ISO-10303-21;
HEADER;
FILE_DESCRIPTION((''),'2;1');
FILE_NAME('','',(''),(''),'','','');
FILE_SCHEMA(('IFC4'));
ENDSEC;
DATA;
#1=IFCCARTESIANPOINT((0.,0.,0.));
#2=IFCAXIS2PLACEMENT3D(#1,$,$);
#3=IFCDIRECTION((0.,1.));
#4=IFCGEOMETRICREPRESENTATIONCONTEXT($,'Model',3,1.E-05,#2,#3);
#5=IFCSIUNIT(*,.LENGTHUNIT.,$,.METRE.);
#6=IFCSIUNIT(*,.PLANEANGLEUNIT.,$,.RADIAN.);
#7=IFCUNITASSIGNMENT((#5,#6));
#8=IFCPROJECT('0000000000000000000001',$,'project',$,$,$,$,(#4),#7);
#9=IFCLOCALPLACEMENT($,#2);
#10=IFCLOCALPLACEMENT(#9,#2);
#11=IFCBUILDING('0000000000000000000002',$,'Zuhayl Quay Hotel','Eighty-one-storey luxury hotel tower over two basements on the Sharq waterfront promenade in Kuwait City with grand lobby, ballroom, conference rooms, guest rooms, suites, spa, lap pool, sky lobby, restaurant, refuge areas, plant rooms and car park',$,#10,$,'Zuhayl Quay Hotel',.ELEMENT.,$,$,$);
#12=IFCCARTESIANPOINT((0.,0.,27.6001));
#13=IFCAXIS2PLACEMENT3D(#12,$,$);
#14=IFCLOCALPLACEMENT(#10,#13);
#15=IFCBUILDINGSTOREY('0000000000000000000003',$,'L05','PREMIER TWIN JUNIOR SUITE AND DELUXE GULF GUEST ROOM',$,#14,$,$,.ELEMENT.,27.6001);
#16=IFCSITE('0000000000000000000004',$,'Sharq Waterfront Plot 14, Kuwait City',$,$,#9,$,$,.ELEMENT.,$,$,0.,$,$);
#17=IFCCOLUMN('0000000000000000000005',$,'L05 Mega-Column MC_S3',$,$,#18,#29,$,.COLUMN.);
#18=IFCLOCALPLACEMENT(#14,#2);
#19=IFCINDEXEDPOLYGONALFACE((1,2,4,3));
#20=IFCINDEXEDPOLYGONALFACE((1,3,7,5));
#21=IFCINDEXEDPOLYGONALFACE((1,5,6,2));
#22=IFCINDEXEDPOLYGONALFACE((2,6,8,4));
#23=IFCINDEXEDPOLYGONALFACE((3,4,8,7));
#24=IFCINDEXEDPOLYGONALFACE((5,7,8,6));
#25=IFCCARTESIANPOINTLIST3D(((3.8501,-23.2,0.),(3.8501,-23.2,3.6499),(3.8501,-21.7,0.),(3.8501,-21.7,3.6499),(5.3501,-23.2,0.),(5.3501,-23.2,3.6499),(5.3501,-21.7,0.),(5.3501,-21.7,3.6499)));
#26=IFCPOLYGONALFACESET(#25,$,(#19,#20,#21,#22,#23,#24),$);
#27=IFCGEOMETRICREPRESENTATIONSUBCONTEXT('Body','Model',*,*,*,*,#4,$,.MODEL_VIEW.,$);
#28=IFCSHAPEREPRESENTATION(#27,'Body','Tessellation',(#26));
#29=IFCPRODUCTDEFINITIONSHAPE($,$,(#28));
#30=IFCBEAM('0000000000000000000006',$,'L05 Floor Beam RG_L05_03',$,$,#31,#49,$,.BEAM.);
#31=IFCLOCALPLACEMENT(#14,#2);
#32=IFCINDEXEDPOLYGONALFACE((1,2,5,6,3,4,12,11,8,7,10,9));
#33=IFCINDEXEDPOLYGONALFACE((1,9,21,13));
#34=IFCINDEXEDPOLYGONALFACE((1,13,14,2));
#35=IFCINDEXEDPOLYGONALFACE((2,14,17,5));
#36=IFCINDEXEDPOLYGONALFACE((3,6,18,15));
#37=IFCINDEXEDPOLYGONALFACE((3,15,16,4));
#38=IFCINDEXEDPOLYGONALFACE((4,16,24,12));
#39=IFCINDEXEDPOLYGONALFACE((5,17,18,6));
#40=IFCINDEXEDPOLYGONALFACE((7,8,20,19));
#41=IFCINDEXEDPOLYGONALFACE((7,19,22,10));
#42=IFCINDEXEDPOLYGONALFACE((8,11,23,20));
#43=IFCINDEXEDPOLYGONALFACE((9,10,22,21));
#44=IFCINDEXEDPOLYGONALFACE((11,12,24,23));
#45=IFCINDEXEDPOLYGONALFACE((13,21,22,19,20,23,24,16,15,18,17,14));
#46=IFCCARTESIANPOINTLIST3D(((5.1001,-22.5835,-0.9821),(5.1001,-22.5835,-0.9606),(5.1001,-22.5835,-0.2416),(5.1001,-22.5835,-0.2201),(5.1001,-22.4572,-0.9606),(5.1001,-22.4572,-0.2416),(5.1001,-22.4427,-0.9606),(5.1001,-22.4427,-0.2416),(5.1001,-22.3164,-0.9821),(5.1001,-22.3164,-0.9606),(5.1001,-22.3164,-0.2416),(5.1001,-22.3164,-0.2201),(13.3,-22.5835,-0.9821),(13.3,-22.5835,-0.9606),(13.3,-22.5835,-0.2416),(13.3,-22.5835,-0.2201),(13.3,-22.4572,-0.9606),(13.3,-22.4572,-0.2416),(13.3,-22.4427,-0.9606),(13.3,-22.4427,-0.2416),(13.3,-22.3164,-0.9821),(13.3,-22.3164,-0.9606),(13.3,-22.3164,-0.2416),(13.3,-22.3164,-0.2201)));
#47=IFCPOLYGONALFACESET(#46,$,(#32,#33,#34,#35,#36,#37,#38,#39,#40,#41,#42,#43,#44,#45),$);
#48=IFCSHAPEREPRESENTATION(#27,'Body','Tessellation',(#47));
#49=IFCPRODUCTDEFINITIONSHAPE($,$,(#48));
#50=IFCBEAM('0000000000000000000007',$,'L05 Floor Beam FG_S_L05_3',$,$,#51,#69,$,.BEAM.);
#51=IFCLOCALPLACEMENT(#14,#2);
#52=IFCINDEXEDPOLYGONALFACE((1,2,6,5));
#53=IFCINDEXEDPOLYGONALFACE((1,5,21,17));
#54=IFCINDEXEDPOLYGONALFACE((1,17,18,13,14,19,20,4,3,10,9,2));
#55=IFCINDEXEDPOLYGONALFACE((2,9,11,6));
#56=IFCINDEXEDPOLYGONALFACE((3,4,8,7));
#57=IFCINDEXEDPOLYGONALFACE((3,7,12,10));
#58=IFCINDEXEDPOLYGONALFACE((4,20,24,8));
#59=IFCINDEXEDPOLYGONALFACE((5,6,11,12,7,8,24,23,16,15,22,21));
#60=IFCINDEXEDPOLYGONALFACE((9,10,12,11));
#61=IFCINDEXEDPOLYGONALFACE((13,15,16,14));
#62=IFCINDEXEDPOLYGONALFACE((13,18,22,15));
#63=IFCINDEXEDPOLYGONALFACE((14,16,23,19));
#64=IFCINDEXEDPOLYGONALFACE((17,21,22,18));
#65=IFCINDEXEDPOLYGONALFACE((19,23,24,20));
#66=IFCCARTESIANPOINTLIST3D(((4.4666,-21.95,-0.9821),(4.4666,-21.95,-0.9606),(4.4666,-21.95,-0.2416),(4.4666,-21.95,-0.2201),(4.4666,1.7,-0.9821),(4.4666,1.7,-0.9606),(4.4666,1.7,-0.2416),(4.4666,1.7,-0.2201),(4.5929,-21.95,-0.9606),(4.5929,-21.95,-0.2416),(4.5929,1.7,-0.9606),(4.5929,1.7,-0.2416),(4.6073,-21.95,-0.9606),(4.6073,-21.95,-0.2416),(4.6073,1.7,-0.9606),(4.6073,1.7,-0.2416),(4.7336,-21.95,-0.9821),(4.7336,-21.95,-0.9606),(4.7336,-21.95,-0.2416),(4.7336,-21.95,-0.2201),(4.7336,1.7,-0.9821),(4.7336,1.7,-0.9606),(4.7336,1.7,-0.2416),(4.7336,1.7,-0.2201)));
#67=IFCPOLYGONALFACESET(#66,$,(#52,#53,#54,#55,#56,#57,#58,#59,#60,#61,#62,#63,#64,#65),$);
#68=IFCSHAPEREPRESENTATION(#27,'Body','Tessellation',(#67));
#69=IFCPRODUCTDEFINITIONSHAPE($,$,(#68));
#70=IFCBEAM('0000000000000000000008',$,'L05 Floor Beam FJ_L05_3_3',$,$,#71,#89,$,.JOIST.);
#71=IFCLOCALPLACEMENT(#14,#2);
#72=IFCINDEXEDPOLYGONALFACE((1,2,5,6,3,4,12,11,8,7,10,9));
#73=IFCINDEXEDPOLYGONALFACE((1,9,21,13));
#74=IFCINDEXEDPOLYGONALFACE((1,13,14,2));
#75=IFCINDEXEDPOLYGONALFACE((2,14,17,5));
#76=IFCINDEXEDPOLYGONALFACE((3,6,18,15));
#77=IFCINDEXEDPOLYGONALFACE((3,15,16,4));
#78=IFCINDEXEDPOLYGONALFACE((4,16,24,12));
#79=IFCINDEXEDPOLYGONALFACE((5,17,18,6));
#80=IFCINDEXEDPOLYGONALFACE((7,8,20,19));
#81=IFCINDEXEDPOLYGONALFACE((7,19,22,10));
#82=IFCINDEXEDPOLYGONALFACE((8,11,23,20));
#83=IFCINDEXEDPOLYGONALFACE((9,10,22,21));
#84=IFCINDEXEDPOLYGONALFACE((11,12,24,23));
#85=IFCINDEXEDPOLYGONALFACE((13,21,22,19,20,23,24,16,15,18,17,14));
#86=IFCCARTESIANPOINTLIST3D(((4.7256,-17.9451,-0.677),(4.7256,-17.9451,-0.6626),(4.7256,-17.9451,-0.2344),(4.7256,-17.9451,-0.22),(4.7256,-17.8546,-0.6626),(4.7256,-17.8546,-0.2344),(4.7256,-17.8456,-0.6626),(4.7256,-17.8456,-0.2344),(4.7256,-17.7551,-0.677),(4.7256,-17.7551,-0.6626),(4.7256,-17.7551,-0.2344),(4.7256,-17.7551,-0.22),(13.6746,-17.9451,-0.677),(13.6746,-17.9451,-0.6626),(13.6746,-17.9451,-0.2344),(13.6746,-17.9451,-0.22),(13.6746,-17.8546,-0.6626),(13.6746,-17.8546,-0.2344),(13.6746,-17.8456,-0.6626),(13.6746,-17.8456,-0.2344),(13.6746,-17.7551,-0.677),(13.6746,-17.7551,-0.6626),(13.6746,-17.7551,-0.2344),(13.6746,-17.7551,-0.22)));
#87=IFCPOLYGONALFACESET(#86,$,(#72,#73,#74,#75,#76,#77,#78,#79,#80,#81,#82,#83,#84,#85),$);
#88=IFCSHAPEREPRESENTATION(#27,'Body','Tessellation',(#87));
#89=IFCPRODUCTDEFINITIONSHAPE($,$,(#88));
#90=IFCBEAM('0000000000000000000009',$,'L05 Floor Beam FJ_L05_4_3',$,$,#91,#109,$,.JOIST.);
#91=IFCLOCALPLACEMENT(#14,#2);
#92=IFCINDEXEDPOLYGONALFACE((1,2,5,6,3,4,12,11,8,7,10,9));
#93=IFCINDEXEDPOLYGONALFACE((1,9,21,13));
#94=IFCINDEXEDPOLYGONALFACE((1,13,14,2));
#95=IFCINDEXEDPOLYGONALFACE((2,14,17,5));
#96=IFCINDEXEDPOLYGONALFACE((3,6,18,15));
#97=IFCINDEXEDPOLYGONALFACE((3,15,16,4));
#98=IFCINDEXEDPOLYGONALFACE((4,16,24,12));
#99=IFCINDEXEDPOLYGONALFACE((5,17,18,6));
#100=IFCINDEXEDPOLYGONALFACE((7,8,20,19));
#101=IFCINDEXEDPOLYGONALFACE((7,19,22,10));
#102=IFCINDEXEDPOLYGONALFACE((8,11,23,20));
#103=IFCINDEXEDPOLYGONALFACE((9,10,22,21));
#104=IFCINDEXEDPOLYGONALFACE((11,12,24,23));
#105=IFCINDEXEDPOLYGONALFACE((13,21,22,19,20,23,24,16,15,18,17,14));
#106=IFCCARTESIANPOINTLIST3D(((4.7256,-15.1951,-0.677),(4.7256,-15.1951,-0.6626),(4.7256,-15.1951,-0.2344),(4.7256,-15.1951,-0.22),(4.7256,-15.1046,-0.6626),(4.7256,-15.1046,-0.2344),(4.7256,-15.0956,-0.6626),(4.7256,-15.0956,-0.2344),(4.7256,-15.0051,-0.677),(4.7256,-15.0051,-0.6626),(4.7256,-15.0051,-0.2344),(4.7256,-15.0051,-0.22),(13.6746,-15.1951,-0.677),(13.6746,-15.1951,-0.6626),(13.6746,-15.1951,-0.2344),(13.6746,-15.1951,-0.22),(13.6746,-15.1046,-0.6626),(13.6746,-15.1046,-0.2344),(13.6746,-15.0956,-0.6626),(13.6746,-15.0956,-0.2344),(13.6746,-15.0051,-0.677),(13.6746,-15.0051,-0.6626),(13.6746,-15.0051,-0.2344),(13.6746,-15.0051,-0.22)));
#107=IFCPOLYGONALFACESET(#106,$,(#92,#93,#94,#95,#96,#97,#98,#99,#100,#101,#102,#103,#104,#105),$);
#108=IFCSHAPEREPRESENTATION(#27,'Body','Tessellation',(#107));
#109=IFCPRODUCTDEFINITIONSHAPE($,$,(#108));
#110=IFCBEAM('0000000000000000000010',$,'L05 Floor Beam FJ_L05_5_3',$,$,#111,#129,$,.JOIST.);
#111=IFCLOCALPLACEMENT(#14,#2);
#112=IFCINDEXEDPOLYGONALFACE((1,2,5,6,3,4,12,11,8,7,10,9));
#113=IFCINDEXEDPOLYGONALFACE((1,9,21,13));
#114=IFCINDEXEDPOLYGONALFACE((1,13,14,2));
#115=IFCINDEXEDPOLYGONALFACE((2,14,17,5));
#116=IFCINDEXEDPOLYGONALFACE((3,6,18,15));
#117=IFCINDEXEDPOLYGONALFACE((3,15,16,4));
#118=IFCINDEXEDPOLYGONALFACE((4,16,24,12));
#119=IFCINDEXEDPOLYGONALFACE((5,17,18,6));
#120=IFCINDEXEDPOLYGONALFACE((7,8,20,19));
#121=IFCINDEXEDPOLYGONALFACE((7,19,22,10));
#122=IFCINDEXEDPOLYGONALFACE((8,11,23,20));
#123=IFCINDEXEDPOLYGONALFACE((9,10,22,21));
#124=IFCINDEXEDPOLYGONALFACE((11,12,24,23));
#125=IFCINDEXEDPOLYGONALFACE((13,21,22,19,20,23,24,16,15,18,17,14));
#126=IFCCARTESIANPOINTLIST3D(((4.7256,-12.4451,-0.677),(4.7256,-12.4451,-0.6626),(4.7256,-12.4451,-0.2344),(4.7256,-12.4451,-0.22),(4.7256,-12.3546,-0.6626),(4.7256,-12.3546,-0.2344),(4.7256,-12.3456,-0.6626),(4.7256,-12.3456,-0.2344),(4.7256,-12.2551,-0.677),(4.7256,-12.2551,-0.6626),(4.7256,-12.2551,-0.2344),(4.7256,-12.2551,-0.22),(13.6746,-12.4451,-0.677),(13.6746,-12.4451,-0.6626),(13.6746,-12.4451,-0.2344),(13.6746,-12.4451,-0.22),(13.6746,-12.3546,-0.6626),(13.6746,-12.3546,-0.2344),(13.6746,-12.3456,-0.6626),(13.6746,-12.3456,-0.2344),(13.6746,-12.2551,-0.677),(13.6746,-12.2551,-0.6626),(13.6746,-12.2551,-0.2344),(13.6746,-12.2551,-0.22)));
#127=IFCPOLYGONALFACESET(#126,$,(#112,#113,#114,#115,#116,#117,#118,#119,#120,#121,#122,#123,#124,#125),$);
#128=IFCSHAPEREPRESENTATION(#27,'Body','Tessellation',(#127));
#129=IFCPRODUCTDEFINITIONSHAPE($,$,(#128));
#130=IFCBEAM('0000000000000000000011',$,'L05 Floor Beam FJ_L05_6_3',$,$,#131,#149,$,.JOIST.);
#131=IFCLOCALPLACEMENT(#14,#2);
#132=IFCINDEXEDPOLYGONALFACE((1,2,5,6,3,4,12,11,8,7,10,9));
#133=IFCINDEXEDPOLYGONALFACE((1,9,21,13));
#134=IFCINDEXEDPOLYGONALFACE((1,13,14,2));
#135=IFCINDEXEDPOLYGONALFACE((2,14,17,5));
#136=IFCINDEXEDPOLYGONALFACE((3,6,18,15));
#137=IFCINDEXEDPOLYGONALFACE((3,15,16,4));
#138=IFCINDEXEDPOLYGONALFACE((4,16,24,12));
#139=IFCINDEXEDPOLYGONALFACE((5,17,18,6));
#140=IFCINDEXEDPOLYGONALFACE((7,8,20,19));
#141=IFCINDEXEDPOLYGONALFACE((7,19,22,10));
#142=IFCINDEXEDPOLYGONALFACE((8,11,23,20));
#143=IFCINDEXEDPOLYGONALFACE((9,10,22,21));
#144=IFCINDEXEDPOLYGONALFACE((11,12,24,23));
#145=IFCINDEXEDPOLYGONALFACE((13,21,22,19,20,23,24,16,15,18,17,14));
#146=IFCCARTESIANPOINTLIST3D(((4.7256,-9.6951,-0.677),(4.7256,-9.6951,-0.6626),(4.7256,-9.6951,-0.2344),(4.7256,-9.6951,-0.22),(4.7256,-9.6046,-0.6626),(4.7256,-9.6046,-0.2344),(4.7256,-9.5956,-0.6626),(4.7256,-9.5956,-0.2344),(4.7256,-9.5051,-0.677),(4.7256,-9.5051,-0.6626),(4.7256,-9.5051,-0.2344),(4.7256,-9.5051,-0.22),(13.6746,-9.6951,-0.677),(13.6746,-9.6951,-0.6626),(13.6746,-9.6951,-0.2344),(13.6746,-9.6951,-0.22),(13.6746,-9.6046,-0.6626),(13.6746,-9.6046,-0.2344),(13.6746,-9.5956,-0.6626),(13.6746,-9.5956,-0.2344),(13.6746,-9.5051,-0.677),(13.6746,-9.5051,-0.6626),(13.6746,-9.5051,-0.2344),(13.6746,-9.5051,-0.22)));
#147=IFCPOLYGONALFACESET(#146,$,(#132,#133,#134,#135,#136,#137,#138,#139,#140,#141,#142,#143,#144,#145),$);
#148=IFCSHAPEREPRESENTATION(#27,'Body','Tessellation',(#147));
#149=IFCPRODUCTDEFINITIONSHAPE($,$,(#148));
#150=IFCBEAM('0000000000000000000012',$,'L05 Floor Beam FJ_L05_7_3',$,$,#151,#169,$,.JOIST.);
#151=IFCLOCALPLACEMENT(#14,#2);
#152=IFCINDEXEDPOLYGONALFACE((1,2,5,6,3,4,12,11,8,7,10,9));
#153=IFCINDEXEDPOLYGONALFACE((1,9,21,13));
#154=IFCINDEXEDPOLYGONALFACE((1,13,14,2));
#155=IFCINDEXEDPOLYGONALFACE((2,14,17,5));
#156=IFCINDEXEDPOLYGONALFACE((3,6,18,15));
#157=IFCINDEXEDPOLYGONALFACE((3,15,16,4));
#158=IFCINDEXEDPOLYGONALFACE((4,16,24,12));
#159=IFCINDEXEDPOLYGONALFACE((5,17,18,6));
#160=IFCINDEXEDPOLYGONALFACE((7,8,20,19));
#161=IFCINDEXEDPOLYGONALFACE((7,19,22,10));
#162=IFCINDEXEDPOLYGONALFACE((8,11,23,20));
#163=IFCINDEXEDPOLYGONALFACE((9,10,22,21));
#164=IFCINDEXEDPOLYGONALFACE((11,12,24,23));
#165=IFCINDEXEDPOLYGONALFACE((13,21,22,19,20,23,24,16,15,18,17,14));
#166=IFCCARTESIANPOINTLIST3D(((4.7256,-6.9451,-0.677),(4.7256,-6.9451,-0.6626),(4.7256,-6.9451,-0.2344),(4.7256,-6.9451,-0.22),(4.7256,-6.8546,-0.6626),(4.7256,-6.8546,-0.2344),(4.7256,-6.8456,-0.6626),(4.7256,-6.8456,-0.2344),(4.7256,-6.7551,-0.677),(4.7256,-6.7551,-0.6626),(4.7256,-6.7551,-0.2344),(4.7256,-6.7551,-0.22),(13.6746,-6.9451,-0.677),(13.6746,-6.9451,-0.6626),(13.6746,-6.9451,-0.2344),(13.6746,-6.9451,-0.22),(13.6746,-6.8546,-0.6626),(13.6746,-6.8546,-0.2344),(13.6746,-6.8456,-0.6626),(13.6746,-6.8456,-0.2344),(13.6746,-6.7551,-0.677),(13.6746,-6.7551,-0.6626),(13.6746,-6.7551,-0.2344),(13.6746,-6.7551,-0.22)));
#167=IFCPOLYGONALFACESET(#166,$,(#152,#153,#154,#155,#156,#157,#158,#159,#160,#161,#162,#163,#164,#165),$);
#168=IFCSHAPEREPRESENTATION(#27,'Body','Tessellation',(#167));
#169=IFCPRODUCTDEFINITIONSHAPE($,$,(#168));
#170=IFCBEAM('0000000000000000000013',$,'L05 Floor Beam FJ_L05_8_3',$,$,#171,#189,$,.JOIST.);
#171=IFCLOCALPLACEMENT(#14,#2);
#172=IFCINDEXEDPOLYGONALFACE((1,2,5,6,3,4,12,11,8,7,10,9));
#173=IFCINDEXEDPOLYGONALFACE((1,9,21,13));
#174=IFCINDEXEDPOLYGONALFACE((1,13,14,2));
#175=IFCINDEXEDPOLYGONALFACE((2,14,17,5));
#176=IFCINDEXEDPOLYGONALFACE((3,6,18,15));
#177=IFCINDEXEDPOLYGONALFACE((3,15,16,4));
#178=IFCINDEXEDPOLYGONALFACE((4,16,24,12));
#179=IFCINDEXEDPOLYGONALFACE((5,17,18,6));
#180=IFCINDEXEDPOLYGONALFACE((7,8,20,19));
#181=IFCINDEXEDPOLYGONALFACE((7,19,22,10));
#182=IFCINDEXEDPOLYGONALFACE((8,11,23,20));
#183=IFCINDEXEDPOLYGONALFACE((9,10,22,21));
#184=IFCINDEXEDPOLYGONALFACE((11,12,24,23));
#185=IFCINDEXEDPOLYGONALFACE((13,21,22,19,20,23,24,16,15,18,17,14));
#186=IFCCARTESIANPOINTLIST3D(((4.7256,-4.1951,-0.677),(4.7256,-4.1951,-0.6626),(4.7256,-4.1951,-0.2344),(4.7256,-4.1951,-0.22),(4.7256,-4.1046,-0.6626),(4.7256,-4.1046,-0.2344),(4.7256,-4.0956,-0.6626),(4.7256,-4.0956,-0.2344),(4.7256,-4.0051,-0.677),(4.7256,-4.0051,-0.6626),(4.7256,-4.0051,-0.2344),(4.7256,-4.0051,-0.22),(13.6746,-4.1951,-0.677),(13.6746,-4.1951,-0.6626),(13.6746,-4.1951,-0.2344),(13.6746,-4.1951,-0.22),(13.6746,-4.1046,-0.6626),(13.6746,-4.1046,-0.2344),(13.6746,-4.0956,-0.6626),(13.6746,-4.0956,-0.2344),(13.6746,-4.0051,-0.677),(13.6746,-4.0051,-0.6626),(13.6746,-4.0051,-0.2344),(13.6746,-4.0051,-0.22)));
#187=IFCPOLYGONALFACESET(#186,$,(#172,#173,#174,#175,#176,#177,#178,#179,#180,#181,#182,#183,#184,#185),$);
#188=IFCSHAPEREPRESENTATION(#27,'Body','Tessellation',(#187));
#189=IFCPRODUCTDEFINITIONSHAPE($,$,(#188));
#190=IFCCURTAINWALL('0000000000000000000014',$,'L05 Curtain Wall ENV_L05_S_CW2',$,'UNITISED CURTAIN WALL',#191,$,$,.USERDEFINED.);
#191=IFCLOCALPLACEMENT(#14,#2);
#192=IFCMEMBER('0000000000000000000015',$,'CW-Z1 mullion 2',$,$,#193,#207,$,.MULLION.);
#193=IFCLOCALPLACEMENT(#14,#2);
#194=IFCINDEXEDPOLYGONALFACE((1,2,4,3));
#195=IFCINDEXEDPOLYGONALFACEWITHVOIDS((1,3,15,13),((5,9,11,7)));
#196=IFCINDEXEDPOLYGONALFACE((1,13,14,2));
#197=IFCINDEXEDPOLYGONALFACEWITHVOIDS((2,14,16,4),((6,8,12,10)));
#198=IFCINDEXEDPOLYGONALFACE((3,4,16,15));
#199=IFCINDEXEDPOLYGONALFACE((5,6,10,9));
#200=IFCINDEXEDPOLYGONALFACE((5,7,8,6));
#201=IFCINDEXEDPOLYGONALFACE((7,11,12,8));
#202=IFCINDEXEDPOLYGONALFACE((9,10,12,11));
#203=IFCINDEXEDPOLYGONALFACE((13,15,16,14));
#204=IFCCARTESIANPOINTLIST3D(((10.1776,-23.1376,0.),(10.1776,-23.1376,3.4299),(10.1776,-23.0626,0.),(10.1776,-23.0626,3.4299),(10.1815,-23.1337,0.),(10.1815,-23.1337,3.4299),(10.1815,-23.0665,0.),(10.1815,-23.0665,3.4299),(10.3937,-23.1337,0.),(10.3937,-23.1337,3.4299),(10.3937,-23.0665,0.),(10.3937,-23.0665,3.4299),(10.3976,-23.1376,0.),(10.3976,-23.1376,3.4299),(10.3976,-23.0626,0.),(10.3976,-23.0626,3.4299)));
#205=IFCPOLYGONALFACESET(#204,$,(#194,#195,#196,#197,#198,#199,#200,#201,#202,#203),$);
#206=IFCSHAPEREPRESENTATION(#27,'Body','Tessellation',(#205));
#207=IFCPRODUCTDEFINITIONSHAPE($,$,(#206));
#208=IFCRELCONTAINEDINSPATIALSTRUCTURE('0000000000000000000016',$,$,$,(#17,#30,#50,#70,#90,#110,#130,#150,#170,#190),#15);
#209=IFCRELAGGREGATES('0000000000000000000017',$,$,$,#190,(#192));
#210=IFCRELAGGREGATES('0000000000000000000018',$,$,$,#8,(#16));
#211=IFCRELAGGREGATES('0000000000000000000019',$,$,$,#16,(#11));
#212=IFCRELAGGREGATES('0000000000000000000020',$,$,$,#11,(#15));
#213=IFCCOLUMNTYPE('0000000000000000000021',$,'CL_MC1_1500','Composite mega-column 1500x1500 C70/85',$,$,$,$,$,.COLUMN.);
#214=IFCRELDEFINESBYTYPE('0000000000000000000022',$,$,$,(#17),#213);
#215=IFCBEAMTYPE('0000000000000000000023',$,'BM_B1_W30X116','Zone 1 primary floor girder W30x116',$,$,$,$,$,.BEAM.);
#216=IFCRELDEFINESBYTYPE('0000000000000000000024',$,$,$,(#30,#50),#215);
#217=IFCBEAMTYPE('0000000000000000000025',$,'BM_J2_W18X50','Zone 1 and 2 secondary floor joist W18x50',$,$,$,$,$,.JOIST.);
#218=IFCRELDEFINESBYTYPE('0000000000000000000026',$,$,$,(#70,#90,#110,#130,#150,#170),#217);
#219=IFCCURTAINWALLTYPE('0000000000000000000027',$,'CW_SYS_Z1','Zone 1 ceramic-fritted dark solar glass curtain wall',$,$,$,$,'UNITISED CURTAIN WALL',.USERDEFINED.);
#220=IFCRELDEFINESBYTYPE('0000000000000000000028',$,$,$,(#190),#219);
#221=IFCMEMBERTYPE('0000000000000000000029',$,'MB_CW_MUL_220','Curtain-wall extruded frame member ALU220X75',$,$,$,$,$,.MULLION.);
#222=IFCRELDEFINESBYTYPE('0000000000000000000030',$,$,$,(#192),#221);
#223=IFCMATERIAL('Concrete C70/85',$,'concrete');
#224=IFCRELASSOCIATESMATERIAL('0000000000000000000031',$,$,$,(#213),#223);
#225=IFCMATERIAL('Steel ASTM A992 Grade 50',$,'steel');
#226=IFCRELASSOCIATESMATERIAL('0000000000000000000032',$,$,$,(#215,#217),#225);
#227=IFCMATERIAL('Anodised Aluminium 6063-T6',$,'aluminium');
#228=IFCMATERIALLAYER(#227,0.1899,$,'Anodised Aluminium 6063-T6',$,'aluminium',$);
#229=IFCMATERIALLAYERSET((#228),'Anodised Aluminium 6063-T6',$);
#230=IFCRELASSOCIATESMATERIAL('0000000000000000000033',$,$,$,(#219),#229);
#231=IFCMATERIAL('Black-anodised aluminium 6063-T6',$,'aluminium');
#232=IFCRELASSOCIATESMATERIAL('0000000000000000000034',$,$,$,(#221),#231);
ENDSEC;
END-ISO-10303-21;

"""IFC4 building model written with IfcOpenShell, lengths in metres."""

from ifc_helpers import new_model, si_unit, direction, frame, origin, origin_2d, place, context, subcontext, project, spatial, rectangle, hollow_rectangle, i_section, extrude, material, layer, layer_set, material_profile, profile_set, type_object, element, aggregate, save


model = new_model("IFC4")

# Units and contexts
model_context = context("Model", 3, precision=1e-05, world=origin(), true_north=direction((0.0, 1.0)))
body_context = subcontext(model_context, "Body", "Model", "MODEL_VIEW")
ifc_project = project(units=[si_unit("LENGTHUNIT", "METRE"), si_unit("PLANEANGLEUNIT", "RADIAN")], contexts=[model_context])

# Site, building, storey
site_placement = place(None, origin())
site = spatial("IfcSite", under=ifc_project, at=site_placement, Name="Sharq Waterfront Plot 14, Kuwait City", CompositionType="ELEMENT", RefElevation=0.0)
building_placement = place(site_placement, origin())
building = spatial("IfcBuilding", under=site, at=building_placement, Name="Zuhayl Quay Hotel", Description="Eighty-one-storey luxury hotel tower over two basements on the Sharq waterfront promenade in Kuwait City with grand lobby, ballroom, conference rooms, guest rooms, suites, spa, lap pool, sky lobby, restaurant, refuge areas, plant rooms and car park", LongName="Zuhayl Quay Hotel", CompositionType="ELEMENT")
storey_placement = place(building_placement, frame((0.0, 0.0, 27.6001)))
storey = spatial("IfcBuildingStorey", under=building, at=storey_placement, Name="L05", Description="PREMIER TWIN JUNIOR SUITE AND DELUXE GULF GUEST ROOM", CompositionType="ELEMENT", Elevation=27.6001)

# Column
ifc_material_1 = material(Name="Concrete C70/85", Category="concrete")
ifc_material_profile_1 = material_profile(ifc_material_1, rectangle(XDim=1.5, YDim=1.5, at=origin_2d()), Name="RC1500X1500")
ifc_profile_set_1 = profile_set([ifc_material_profile_1], Name="Concrete C70/85")
column_type = type_object("IfcColumnType", Name="CL_MC1_1500", Description="Composite mega-column 1500x1500 C70/85", PredefinedType="COLUMN", material=ifc_profile_set_1)
column_placement = place(storey_placement, frame((4.6001, -22.45, 0.0), z_axis=(0.0, 0.0, 1.0), x_axis=(1.0, 0.0, 0.0)))
element("IfcColumn", 1, at=column_placement, inside=storey, type_object=column_type, Name="L05 Mega-Column MC_S3", PredefinedType="COLUMN", context=body_context, shape_type="SweptSolid", body=[
    extrude(rectangle(XDim=1.5, YDim=1.5, at=origin_2d()), origin(), (0.0, 0.0, 1.0), 3.6499),
])

# Beams
ifc_material_2 = material(Name="Steel ASTM A992 Grade 50", Category="steel")
ifc_material_profile_2 = material_profile(ifc_material_2, i_section(OverallWidth=0.2671, OverallDepth=0.762, WebThickness=0.0144, FlangeThickness=0.0215, at=origin_2d()), Name="W30X116")
ifc_profile_set_2 = profile_set([ifc_material_profile_2], Name="Steel ASTM A992 Grade 50")
beam_type_1 = type_object("IfcBeamType", Name="BM_B1_W30X116", Description="Zone 1 primary floor girder W30x116", PredefinedType="BEAM", material=ifc_profile_set_2)
beam_1_placement = place(storey_placement, frame((5.1001, -22.45, -0.6011), z_axis=(1.0, 0.0, 0.0), x_axis=(0.0, 1.0, 0.0)))
element("IfcBeam", 2, at=beam_1_placement, inside=storey, type_object=beam_type_1, Name="L05 Floor Beam RG_L05_03", PredefinedType="BEAM", context=body_context, shape_type="SweptSolid", body=[
    extrude(i_section(OverallWidth=0.2671, OverallDepth=0.762, WebThickness=0.0144, FlangeThickness=0.0215, at=origin_2d()), origin(), (0.0, 0.0, 1.0), 8.2),
])
beam_2_placement = place(storey_placement, frame((4.6001, -21.95, -0.6011), z_axis=(0.0, 1.0, 0.0), x_axis=(-1.0, 0.0, 0.0)))
element("IfcBeam", 3, at=beam_2_placement, inside=storey, type_object=beam_type_1, Name="L05 Floor Beam FG_S_L05_3", PredefinedType="BEAM", context=body_context, shape_type="SweptSolid", body=[
    extrude(i_section(OverallWidth=0.2671, OverallDepth=0.762, WebThickness=0.0144, FlangeThickness=0.0215, at=origin_2d()), origin(), (0.0, 0.0, 1.0), 23.6499),
])
ifc_material_profile_3 = material_profile(ifc_material_2, i_section(OverallWidth=0.1899, OverallDepth=0.457, WebThickness=0.009, FlangeThickness=0.0144, at=origin_2d()), Name="W18X50")
ifc_profile_set_3 = profile_set([ifc_material_profile_3], Name="Steel ASTM A992 Grade 50")
beam_type_2 = type_object("IfcBeamType", Name="BM_J2_W18X50", Description="Zone 1 and 2 secondary floor joist W18x50", PredefinedType="JOIST", material=ifc_profile_set_3)
for number, where, z_axis, x_axis, name in (
    (4, (4.7256, -17.8501, -0.4485), (1.0, 0.0, 0.0), (0.0, 1.0, 0.0), "L05 Floor Beam FJ_L05_3_3"),
    (5, (4.7256, -15.1001, -0.4485), (1.0, 0.0, 0.0), (0.0, 1.0, 0.0), "L05 Floor Beam FJ_L05_4_3"),
    (6, (4.7256, -12.3501, -0.4485), (1.0, 0.0, 0.0), (0.0, 1.0, 0.0), "L05 Floor Beam FJ_L05_5_3"),
    (7, (4.7256, -9.6001, -0.4485), (1.0, 0.0, 0.0), (0.0, 1.0, 0.0), "L05 Floor Beam FJ_L05_6_3"),
    (8, (4.7256, -6.8501, -0.4485), (1.0, 0.0, 0.0), (0.0, 1.0, 0.0), "L05 Floor Beam FJ_L05_7_3"),
    (9, (4.7256, -4.1001, -0.4485), (1.0, 0.0, 0.0), (0.0, 1.0, 0.0), "L05 Floor Beam FJ_L05_8_3"),
):
    element("IfcBeam", number, at=place(storey_placement, frame(where, z_axis=z_axis, x_axis=x_axis)), inside=storey, type_object=beam_type_2, Name=name, PredefinedType="JOIST", context=body_context, shape_type="SweptSolid", body=[
        extrude(i_section(OverallWidth=0.1899, OverallDepth=0.457, WebThickness=0.009, FlangeThickness=0.0144, at=origin_2d()), origin(), (0.0, 0.0, 1.0), 8.949),
    ])

# Curtain wall, member
ifc_material_3 = material(Name="Anodised Aluminium 6063-T6", Category="aluminium")
ifc_layer_1 = layer(ifc_material_3, 0.1899, Name="Anodised Aluminium 6063-T6", Category="aluminium")
ifc_layer_set_1 = layer_set([ifc_layer_1], Name="Anodised Aluminium 6063-T6")
curtain_wall_type = type_object("IfcCurtainWallType", Name="CW_SYS_Z1", Description="Zone 1 ceramic-fritted dark solar glass curtain wall", ElementType="UNITISED CURTAIN WALL", PredefinedType="USERDEFINED", material=ifc_layer_set_1)
curtain_wall_1_placement = place(storey_placement, origin())
curtain_wall_1 = element("IfcCurtainWall", 10, at=curtain_wall_1_placement, inside=storey, type_object=curtain_wall_type, Name="L05 Curtain Wall ENV_L05_S_CW2", ObjectType="UNITISED CURTAIN WALL", PredefinedType="USERDEFINED")
ifc_material_4 = material(Name="Black-anodised aluminium 6063-T6", Category="aluminium")
ifc_material_profile_4 = material_profile(ifc_material_4, hollow_rectangle(XDim=0.075, YDim=0.22, WallThickness=0.0039, at=origin_2d()), Name="ALU220X75")
ifc_profile_set_4 = profile_set([ifc_material_profile_4], Name="Black-anodised aluminium 6063-T6")
member_type_1 = type_object("IfcMemberType", Name="MB_CW_MUL_220", Description="Curtain-wall extruded frame member ALU220X75", PredefinedType="MULLION", material=ifc_profile_set_4)
member_1_placement = place(storey_placement, frame((10.2876, -23.1001, 0.0), z_axis=(0.0, 0.0, 1.0), x_axis=(0.0, -1.0, 0.0)))
member_1 = element("IfcMember", 11, at=member_1_placement, type_object=member_type_1, Name="CW-Z1 mullion 2", PredefinedType="MULLION", context=body_context, shape_type="SweptSolid", body=[
    extrude(hollow_rectangle(XDim=0.075, YDim=0.22, WallThickness=0.0039, at=origin_2d()), origin(), (0.0, 0.0, 1.0), 3.4299),
])

aggregate(curtain_wall_1, [member_1])

save(model, "model.ifc")
